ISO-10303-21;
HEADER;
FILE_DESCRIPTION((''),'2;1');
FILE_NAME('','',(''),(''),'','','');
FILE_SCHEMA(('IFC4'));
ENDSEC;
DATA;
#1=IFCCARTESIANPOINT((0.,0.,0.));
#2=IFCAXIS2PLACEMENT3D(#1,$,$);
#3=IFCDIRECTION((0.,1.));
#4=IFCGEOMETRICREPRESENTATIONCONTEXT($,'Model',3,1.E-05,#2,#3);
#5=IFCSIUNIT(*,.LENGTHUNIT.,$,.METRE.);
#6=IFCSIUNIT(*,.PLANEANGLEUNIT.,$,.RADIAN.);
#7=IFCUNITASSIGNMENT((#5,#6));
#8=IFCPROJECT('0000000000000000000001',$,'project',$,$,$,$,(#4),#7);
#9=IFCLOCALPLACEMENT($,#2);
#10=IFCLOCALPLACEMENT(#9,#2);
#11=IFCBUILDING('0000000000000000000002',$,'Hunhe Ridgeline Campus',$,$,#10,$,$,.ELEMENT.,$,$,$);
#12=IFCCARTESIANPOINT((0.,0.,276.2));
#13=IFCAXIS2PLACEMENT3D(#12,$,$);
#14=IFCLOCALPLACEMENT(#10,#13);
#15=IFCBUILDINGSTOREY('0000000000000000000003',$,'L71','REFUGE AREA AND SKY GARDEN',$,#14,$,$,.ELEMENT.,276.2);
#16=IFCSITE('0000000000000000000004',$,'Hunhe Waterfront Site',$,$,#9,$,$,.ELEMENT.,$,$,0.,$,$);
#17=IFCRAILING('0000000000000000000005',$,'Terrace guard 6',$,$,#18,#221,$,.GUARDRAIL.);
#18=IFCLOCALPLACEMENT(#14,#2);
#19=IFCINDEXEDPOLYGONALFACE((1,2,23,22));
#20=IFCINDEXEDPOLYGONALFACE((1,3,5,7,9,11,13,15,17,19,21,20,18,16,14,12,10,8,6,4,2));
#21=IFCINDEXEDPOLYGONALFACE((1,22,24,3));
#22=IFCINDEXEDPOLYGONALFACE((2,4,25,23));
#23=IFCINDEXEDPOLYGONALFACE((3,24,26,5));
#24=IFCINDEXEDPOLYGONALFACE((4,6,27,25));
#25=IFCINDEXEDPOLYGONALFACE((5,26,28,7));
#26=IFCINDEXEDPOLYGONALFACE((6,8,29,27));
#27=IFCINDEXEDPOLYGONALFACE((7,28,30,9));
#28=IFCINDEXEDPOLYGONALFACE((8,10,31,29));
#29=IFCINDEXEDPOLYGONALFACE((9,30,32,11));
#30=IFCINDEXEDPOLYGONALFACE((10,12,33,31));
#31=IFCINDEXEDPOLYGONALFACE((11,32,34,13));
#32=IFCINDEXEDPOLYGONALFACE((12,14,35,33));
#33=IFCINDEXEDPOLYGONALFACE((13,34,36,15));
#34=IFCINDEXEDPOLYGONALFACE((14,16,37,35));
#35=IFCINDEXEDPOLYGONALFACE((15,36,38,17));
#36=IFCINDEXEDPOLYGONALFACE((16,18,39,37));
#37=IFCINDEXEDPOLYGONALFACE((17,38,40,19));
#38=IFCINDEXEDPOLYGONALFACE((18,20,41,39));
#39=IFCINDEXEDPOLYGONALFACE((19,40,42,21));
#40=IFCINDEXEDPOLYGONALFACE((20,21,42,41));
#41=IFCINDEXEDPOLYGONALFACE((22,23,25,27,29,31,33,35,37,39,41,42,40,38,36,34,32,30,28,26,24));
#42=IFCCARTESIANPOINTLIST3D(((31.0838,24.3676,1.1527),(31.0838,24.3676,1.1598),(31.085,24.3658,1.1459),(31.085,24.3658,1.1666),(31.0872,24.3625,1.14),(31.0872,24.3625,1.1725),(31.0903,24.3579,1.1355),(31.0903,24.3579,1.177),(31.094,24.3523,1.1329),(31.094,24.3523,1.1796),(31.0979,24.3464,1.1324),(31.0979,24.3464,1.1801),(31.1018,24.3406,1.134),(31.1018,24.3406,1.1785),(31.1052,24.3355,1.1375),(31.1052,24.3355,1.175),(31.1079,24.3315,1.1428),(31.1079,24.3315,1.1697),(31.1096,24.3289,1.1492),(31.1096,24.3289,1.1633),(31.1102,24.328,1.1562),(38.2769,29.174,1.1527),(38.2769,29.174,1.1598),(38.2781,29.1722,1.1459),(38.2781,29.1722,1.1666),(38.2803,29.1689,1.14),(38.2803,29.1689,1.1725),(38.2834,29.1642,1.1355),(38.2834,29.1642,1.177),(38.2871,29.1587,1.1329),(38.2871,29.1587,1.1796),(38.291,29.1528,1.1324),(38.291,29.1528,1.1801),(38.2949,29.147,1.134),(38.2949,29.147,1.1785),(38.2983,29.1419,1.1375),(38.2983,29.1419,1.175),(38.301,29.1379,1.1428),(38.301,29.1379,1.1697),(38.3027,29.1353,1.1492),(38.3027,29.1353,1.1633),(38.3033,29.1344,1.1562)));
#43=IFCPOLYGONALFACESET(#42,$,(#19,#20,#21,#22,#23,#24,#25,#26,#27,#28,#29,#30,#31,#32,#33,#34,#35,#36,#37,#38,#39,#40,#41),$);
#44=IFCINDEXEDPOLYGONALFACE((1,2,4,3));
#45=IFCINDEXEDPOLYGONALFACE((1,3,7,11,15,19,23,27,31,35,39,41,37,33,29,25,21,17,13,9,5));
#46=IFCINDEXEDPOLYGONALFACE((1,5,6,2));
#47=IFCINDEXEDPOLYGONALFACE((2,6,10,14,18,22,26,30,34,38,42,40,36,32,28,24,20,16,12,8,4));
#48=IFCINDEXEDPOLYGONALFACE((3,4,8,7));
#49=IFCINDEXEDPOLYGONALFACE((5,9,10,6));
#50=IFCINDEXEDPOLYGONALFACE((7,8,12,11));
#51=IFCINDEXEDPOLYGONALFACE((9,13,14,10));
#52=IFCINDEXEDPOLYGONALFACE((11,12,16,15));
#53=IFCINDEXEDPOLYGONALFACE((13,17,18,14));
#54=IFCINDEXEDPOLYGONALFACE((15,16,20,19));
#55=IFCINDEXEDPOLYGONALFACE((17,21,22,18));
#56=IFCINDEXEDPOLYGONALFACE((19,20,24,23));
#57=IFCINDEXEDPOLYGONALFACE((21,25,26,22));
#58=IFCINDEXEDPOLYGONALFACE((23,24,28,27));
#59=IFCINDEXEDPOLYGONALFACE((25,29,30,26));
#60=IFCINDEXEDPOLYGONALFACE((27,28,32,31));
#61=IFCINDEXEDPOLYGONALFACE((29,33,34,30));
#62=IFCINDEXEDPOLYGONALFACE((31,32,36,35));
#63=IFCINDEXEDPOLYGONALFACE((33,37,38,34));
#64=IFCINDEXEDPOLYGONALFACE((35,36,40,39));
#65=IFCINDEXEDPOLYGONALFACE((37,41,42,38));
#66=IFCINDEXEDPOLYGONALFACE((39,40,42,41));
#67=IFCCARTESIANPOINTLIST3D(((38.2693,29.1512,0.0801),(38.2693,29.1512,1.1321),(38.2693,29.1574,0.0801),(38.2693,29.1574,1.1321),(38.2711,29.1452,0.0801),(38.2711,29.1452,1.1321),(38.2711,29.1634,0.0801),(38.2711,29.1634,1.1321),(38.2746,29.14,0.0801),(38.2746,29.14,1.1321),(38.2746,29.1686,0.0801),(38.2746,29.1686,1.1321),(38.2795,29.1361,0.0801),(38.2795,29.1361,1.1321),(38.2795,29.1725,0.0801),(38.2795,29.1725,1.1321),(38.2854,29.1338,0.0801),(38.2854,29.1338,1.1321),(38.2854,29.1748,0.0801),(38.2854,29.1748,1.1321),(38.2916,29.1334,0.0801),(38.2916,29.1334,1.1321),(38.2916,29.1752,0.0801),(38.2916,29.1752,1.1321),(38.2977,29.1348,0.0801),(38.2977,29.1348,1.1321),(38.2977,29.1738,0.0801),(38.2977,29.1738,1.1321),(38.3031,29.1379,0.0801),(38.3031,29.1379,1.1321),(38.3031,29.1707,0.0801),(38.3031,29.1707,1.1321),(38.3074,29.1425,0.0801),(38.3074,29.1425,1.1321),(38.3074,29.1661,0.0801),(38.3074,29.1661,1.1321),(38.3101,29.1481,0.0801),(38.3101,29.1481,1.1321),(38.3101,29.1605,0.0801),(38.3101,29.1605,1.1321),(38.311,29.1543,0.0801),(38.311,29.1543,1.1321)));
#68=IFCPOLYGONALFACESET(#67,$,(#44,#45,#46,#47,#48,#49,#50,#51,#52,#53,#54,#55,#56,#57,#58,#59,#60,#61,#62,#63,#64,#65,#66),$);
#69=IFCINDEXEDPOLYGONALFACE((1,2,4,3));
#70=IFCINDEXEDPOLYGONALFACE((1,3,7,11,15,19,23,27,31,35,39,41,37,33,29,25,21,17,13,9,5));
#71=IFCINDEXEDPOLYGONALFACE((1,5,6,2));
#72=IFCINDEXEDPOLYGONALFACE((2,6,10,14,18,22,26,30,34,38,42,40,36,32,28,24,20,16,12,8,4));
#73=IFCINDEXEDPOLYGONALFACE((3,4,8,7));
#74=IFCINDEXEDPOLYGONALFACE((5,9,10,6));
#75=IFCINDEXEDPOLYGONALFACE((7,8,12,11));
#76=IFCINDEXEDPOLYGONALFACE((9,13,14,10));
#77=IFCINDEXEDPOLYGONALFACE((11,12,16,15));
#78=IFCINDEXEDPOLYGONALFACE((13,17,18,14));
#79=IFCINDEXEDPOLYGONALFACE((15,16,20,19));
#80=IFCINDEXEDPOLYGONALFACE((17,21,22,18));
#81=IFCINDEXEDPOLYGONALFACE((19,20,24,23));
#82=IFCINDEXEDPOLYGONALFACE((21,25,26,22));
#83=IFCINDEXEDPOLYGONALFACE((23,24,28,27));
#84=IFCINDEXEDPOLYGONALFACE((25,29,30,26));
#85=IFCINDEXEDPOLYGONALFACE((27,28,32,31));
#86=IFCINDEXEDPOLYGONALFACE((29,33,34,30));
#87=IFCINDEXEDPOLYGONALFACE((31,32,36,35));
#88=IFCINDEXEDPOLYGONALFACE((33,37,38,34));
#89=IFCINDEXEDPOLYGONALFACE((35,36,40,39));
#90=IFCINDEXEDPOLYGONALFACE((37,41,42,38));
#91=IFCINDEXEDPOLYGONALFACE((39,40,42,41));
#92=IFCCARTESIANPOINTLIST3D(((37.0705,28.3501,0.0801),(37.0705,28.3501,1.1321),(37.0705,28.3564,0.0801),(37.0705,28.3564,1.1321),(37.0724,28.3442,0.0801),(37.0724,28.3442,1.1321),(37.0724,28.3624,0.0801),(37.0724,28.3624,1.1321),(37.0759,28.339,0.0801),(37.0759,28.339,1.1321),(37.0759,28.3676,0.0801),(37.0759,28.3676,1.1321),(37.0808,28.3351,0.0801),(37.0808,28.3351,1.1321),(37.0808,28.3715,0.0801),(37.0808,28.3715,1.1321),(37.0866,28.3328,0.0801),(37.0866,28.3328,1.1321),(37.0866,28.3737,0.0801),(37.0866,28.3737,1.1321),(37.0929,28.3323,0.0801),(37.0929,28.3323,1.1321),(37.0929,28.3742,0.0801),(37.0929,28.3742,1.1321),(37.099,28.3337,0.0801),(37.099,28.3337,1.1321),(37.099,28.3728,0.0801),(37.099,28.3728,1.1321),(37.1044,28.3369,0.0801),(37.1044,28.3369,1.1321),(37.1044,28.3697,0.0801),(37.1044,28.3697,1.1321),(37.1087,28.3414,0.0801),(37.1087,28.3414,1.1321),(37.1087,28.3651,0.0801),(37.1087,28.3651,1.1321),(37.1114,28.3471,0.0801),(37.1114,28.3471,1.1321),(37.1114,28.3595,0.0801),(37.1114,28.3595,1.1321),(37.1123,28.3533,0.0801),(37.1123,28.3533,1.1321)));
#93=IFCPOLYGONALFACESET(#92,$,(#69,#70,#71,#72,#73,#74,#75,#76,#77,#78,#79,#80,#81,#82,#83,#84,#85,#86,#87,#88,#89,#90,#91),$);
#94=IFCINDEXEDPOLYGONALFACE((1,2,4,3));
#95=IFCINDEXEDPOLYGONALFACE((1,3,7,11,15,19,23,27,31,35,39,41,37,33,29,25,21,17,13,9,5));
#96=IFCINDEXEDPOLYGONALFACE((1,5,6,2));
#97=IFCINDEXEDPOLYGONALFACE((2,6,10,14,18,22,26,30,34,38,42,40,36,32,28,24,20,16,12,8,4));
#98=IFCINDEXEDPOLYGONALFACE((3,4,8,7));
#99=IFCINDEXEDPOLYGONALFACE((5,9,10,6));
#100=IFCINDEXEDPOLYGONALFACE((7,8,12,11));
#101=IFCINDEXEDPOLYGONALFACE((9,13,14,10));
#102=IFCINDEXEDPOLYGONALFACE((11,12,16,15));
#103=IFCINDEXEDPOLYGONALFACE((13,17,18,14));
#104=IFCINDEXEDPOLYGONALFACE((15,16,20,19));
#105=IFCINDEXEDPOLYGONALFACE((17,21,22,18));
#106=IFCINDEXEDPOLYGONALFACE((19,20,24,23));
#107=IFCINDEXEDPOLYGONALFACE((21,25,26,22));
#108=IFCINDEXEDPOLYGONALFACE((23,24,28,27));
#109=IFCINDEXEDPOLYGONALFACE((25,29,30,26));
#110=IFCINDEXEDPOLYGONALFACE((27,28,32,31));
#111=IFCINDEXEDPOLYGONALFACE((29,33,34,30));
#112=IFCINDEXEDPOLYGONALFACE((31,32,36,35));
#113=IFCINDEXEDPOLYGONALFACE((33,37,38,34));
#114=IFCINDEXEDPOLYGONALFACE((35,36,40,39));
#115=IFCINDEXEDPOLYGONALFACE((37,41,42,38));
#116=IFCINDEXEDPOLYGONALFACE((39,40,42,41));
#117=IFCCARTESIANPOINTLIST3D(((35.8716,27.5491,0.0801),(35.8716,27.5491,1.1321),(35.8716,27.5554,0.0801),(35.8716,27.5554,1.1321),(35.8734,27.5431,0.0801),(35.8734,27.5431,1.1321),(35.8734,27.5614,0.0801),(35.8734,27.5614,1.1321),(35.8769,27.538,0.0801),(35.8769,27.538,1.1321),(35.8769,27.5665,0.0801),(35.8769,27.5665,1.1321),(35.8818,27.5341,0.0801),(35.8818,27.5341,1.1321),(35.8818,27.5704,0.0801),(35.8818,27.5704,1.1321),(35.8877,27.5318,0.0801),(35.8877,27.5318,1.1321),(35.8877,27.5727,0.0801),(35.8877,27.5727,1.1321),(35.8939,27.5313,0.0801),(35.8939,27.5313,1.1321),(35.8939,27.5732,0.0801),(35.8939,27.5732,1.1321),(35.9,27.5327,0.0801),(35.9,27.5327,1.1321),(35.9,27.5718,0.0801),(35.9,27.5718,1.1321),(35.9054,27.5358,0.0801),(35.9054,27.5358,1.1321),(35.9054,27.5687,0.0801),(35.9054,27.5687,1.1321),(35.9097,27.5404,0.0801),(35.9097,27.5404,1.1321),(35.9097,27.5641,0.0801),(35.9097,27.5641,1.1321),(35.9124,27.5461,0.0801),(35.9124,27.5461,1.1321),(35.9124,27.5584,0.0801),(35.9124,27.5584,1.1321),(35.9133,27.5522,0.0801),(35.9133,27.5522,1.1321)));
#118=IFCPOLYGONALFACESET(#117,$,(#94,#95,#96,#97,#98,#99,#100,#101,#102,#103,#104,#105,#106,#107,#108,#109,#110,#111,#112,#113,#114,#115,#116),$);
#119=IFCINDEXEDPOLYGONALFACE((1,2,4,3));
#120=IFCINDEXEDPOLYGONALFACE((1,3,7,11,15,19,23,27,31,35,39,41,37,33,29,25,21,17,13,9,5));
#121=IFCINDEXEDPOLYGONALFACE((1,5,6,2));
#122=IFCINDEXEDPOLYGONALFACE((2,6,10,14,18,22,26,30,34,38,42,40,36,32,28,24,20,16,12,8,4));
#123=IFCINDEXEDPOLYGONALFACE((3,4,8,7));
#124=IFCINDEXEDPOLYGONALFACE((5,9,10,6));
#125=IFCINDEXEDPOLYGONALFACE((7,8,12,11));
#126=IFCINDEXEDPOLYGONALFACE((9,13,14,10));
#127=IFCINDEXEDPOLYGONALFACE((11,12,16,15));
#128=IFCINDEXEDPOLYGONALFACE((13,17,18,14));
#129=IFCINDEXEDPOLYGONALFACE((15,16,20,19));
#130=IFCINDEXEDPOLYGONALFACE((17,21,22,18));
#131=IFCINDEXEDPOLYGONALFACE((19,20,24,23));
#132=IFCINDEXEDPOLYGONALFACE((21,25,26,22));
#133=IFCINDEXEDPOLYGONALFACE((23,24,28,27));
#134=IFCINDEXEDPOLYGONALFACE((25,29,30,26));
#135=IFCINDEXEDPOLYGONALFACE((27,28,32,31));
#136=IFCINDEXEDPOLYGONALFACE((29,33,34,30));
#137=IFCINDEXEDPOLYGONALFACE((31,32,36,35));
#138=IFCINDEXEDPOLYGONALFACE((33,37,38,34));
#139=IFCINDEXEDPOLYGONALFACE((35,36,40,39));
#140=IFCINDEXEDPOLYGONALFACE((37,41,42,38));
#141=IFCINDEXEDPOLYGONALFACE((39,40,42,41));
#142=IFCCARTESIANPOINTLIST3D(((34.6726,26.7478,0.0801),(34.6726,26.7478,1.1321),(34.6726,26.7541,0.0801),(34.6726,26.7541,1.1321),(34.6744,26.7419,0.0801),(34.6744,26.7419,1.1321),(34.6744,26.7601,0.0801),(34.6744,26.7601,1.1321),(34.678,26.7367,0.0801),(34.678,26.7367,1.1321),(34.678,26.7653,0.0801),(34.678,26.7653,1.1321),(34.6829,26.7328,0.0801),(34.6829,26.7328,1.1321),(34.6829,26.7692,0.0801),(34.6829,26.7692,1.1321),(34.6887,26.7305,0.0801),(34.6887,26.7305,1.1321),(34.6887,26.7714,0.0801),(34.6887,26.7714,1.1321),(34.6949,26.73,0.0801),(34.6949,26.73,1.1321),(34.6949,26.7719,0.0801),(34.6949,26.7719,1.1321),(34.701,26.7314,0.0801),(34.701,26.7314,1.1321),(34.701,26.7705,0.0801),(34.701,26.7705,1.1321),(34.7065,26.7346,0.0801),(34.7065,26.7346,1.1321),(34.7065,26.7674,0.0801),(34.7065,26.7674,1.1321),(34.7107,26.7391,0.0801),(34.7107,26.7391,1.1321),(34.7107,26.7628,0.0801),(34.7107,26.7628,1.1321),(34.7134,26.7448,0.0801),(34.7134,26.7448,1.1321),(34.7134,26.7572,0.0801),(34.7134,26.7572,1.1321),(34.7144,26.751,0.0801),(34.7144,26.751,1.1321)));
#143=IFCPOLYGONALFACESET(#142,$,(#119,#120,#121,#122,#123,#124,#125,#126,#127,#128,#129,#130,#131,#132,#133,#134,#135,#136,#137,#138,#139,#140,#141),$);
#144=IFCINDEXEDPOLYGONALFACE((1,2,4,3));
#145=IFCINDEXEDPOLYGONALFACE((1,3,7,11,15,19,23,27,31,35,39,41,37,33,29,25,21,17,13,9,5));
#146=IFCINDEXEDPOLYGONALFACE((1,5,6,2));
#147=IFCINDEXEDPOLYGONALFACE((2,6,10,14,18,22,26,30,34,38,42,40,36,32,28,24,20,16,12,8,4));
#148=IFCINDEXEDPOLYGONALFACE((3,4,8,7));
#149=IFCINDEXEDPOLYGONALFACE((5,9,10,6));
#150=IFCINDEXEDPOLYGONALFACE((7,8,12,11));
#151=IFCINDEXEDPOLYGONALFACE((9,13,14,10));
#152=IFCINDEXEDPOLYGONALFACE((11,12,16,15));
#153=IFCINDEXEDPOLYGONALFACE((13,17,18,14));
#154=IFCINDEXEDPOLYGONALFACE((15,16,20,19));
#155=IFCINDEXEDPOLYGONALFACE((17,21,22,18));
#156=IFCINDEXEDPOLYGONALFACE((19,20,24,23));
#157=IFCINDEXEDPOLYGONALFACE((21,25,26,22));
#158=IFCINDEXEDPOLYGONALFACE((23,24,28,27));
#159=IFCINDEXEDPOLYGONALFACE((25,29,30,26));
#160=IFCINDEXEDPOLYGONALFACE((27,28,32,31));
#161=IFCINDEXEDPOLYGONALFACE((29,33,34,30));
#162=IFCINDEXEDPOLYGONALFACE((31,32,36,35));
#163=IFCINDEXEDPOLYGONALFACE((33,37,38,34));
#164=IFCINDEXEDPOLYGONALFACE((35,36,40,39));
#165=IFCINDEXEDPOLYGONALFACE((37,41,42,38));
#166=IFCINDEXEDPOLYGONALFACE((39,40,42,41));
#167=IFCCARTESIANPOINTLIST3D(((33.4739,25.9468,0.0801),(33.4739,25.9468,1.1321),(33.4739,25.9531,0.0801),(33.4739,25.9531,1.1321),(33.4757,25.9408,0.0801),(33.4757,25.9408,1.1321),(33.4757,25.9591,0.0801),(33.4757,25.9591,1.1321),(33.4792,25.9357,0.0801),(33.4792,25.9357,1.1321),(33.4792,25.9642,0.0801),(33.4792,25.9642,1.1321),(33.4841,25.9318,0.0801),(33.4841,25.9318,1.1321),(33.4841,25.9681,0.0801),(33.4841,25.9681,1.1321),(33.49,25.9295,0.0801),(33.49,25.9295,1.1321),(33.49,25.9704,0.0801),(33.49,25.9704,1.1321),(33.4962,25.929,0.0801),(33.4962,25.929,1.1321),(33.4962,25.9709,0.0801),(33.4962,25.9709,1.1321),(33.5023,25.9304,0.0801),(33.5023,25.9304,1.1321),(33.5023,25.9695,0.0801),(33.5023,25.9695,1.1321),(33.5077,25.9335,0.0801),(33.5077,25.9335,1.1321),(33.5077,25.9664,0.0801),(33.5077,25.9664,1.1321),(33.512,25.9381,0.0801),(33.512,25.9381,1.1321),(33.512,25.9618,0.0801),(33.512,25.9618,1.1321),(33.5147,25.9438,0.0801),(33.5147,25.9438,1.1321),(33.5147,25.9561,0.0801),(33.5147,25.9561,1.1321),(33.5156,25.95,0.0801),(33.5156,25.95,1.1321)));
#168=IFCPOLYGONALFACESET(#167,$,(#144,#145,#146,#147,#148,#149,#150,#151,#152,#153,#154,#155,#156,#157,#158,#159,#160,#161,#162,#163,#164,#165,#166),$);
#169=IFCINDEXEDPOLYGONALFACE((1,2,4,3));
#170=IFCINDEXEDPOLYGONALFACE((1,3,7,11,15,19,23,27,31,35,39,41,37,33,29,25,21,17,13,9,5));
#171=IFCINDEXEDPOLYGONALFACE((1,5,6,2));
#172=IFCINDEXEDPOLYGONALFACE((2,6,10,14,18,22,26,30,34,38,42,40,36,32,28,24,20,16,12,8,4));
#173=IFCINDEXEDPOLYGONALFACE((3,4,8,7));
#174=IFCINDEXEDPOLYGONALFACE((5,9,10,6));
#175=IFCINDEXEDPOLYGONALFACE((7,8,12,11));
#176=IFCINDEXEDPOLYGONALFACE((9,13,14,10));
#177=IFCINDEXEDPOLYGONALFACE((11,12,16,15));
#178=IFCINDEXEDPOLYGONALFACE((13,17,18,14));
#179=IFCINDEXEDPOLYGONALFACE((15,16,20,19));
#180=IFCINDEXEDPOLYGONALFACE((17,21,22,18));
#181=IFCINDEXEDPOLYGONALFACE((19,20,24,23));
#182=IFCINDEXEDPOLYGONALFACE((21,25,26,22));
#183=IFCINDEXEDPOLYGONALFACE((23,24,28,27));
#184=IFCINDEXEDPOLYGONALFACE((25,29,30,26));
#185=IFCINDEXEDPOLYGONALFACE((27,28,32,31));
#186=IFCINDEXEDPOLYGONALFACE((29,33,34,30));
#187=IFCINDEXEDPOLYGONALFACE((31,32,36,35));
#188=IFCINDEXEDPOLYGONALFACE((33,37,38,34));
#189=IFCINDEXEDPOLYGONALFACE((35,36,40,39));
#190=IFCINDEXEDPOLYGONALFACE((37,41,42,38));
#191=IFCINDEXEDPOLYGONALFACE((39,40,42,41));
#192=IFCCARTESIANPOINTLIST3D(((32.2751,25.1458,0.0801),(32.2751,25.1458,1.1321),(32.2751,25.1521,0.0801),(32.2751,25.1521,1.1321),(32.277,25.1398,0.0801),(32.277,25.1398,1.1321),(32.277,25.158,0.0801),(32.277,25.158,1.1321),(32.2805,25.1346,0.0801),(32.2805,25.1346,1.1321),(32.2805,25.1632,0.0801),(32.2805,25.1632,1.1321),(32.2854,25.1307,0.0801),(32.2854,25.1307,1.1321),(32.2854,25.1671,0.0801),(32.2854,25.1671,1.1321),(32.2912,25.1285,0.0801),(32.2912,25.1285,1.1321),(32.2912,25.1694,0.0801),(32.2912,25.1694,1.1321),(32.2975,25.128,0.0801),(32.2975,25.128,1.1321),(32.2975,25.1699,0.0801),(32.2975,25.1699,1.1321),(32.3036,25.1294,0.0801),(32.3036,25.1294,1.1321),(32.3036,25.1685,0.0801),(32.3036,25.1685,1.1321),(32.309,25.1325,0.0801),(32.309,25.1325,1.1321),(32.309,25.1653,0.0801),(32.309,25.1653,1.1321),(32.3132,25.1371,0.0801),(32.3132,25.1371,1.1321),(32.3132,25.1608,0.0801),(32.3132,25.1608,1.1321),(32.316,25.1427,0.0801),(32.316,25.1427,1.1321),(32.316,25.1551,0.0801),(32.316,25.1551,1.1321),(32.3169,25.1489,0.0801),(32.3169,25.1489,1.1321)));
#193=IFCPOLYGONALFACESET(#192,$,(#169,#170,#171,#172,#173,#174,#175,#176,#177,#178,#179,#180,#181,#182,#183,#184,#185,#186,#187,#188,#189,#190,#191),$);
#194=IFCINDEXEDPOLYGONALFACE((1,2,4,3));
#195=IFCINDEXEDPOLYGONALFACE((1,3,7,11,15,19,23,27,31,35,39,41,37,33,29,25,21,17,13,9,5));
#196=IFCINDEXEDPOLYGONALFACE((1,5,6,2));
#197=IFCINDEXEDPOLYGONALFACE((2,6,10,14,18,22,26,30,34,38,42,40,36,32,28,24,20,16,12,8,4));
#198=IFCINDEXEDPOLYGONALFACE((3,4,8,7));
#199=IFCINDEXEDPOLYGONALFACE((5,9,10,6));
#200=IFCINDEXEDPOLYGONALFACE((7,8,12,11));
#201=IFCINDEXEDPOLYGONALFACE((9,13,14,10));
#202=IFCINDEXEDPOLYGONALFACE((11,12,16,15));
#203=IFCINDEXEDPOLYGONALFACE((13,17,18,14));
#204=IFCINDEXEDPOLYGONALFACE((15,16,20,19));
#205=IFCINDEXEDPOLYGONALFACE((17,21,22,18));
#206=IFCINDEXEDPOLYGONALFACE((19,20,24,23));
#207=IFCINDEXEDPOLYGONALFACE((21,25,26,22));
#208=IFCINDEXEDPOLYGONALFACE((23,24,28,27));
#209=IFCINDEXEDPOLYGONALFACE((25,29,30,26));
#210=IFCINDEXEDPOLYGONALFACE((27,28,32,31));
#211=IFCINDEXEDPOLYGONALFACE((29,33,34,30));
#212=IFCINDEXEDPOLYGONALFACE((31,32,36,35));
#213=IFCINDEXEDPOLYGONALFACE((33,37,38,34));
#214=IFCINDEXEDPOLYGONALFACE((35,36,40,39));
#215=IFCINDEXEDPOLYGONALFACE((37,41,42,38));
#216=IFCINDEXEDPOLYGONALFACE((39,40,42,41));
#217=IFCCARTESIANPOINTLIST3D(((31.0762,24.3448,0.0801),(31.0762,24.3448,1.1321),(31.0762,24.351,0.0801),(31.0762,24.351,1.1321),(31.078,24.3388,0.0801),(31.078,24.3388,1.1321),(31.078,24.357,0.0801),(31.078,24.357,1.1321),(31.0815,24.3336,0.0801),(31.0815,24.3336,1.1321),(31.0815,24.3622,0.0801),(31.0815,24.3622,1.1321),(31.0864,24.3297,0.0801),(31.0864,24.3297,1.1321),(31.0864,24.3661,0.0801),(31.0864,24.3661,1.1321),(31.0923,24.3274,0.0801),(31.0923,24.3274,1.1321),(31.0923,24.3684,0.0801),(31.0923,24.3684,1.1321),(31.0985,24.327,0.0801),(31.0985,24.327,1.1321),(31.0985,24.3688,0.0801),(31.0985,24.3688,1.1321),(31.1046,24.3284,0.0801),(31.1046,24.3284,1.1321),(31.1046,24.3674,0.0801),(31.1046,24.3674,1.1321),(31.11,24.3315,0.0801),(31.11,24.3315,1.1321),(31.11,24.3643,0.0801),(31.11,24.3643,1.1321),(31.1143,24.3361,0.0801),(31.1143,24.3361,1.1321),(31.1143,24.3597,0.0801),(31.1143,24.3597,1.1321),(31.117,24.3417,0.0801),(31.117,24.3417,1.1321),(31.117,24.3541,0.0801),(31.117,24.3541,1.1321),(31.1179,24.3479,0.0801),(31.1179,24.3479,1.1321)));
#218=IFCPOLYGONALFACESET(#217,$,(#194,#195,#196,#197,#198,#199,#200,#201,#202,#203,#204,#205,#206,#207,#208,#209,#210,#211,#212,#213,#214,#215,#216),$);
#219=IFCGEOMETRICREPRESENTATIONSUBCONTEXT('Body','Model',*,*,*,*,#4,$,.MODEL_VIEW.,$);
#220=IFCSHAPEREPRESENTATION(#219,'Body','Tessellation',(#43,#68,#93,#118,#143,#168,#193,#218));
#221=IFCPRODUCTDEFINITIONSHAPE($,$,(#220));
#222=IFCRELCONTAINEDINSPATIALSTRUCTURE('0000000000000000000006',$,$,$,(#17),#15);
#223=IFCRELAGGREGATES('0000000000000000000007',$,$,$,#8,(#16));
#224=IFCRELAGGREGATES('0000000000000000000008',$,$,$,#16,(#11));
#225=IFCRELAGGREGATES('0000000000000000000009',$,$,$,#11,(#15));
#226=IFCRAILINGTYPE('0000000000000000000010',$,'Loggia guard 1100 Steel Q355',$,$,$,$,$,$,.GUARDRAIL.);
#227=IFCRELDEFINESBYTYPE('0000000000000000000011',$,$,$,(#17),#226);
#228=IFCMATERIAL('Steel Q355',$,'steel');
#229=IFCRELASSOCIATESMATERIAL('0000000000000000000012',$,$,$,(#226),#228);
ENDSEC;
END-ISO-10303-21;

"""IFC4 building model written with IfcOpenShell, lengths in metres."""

from ifc_helpers import new_model, si_unit, direction, frame, origin, origin_2d, place, context, subcontext, project, spatial, circle, extrude, material, type_object, element, save


model = new_model("IFC4")

# Units and contexts
model_context = context("Model", 3, precision=1e-05, world=origin(), true_north=direction((0.0, 1.0)))
body_context = subcontext(model_context, "Body", "Model", "MODEL_VIEW")
ifc_project = project(units=[si_unit("LENGTHUNIT", "METRE"), si_unit("PLANEANGLEUNIT", "RADIAN")], contexts=[model_context])

# Site, building, storey
site_placement = place(None, origin())
site = spatial("IfcSite", under=ifc_project, at=site_placement, Name="Hunhe Waterfront Site", CompositionType="ELEMENT", RefElevation=0.0)
building_placement = place(site_placement, origin())
building = spatial("IfcBuilding", under=site, at=building_placement, Name="Hunhe Ridgeline Campus", CompositionType="ELEMENT")
storey_placement = place(building_placement, frame((0.0, 0.0, 276.2)))
storey = spatial("IfcBuildingStorey", under=building, at=storey_placement, Name="L71", Description="REFUGE AREA AND SKY GARDEN", CompositionType="ELEMENT", Elevation=276.2)

# Railing
ifc_material_1 = material(Name="Steel Q355", Category="steel")
railing_type = type_object("IfcRailingType", Name="Loggia guard 1100 Steel Q355", PredefinedType="GUARDRAIL", material=ifc_material_1)
railing_1_placement = place(storey_placement, frame((38.29, 29.1543, 0.0801)))
element("IfcRailing", 1, at=railing_1_placement, inside=storey, type_object=railing_type, Name="Terrace guard 6", PredefinedType="GUARDRAIL", context=body_context, shape_type="SweptSolid", body=[
    extrude(circle(Radius=0.0239, at=origin_2d()), frame((0.0, 0.0, 1.0762), z_axis=(-0.831464, -0.555579, 0.0), x_axis=(0.555579, -0.831464, 0.0)), (0.0, 0.0, 1.0), 8.6511),
    extrude(circle(Radius=0.021, at=origin_2d()), origin(), (0.0, 0.0, 1.0), 1.052),
    extrude(circle(Radius=0.021, at=origin_2d()), frame((-1.1987, -0.801, 0.0)), (0.0, 0.0, 1.0), 1.052),
    extrude(circle(Radius=0.021, at=origin_2d()), frame((-2.3977, -1.6021, 0.0)), (0.0, 0.0, 1.0), 1.052),
    extrude(circle(Radius=0.021, at=origin_2d()), frame((-3.5967, -2.4033, 0.0)), (0.0, 0.0, 1.0), 1.052),
    extrude(circle(Radius=0.021, at=origin_2d()), frame((-4.7954, -3.2043, 0.0)), (0.0, 0.0, 1.0), 1.052),
    extrude(circle(Radius=0.021, at=origin_2d()), frame((-5.9941, -4.0054, 0.0)), (0.0, 0.0, 1.0), 1.052),
    extrude(circle(Radius=0.021, at=origin_2d()), frame((-7.1931, -4.8064, 0.0)), (0.0, 0.0, 1.0), 1.052),
])

save(model, "model.ifc")
